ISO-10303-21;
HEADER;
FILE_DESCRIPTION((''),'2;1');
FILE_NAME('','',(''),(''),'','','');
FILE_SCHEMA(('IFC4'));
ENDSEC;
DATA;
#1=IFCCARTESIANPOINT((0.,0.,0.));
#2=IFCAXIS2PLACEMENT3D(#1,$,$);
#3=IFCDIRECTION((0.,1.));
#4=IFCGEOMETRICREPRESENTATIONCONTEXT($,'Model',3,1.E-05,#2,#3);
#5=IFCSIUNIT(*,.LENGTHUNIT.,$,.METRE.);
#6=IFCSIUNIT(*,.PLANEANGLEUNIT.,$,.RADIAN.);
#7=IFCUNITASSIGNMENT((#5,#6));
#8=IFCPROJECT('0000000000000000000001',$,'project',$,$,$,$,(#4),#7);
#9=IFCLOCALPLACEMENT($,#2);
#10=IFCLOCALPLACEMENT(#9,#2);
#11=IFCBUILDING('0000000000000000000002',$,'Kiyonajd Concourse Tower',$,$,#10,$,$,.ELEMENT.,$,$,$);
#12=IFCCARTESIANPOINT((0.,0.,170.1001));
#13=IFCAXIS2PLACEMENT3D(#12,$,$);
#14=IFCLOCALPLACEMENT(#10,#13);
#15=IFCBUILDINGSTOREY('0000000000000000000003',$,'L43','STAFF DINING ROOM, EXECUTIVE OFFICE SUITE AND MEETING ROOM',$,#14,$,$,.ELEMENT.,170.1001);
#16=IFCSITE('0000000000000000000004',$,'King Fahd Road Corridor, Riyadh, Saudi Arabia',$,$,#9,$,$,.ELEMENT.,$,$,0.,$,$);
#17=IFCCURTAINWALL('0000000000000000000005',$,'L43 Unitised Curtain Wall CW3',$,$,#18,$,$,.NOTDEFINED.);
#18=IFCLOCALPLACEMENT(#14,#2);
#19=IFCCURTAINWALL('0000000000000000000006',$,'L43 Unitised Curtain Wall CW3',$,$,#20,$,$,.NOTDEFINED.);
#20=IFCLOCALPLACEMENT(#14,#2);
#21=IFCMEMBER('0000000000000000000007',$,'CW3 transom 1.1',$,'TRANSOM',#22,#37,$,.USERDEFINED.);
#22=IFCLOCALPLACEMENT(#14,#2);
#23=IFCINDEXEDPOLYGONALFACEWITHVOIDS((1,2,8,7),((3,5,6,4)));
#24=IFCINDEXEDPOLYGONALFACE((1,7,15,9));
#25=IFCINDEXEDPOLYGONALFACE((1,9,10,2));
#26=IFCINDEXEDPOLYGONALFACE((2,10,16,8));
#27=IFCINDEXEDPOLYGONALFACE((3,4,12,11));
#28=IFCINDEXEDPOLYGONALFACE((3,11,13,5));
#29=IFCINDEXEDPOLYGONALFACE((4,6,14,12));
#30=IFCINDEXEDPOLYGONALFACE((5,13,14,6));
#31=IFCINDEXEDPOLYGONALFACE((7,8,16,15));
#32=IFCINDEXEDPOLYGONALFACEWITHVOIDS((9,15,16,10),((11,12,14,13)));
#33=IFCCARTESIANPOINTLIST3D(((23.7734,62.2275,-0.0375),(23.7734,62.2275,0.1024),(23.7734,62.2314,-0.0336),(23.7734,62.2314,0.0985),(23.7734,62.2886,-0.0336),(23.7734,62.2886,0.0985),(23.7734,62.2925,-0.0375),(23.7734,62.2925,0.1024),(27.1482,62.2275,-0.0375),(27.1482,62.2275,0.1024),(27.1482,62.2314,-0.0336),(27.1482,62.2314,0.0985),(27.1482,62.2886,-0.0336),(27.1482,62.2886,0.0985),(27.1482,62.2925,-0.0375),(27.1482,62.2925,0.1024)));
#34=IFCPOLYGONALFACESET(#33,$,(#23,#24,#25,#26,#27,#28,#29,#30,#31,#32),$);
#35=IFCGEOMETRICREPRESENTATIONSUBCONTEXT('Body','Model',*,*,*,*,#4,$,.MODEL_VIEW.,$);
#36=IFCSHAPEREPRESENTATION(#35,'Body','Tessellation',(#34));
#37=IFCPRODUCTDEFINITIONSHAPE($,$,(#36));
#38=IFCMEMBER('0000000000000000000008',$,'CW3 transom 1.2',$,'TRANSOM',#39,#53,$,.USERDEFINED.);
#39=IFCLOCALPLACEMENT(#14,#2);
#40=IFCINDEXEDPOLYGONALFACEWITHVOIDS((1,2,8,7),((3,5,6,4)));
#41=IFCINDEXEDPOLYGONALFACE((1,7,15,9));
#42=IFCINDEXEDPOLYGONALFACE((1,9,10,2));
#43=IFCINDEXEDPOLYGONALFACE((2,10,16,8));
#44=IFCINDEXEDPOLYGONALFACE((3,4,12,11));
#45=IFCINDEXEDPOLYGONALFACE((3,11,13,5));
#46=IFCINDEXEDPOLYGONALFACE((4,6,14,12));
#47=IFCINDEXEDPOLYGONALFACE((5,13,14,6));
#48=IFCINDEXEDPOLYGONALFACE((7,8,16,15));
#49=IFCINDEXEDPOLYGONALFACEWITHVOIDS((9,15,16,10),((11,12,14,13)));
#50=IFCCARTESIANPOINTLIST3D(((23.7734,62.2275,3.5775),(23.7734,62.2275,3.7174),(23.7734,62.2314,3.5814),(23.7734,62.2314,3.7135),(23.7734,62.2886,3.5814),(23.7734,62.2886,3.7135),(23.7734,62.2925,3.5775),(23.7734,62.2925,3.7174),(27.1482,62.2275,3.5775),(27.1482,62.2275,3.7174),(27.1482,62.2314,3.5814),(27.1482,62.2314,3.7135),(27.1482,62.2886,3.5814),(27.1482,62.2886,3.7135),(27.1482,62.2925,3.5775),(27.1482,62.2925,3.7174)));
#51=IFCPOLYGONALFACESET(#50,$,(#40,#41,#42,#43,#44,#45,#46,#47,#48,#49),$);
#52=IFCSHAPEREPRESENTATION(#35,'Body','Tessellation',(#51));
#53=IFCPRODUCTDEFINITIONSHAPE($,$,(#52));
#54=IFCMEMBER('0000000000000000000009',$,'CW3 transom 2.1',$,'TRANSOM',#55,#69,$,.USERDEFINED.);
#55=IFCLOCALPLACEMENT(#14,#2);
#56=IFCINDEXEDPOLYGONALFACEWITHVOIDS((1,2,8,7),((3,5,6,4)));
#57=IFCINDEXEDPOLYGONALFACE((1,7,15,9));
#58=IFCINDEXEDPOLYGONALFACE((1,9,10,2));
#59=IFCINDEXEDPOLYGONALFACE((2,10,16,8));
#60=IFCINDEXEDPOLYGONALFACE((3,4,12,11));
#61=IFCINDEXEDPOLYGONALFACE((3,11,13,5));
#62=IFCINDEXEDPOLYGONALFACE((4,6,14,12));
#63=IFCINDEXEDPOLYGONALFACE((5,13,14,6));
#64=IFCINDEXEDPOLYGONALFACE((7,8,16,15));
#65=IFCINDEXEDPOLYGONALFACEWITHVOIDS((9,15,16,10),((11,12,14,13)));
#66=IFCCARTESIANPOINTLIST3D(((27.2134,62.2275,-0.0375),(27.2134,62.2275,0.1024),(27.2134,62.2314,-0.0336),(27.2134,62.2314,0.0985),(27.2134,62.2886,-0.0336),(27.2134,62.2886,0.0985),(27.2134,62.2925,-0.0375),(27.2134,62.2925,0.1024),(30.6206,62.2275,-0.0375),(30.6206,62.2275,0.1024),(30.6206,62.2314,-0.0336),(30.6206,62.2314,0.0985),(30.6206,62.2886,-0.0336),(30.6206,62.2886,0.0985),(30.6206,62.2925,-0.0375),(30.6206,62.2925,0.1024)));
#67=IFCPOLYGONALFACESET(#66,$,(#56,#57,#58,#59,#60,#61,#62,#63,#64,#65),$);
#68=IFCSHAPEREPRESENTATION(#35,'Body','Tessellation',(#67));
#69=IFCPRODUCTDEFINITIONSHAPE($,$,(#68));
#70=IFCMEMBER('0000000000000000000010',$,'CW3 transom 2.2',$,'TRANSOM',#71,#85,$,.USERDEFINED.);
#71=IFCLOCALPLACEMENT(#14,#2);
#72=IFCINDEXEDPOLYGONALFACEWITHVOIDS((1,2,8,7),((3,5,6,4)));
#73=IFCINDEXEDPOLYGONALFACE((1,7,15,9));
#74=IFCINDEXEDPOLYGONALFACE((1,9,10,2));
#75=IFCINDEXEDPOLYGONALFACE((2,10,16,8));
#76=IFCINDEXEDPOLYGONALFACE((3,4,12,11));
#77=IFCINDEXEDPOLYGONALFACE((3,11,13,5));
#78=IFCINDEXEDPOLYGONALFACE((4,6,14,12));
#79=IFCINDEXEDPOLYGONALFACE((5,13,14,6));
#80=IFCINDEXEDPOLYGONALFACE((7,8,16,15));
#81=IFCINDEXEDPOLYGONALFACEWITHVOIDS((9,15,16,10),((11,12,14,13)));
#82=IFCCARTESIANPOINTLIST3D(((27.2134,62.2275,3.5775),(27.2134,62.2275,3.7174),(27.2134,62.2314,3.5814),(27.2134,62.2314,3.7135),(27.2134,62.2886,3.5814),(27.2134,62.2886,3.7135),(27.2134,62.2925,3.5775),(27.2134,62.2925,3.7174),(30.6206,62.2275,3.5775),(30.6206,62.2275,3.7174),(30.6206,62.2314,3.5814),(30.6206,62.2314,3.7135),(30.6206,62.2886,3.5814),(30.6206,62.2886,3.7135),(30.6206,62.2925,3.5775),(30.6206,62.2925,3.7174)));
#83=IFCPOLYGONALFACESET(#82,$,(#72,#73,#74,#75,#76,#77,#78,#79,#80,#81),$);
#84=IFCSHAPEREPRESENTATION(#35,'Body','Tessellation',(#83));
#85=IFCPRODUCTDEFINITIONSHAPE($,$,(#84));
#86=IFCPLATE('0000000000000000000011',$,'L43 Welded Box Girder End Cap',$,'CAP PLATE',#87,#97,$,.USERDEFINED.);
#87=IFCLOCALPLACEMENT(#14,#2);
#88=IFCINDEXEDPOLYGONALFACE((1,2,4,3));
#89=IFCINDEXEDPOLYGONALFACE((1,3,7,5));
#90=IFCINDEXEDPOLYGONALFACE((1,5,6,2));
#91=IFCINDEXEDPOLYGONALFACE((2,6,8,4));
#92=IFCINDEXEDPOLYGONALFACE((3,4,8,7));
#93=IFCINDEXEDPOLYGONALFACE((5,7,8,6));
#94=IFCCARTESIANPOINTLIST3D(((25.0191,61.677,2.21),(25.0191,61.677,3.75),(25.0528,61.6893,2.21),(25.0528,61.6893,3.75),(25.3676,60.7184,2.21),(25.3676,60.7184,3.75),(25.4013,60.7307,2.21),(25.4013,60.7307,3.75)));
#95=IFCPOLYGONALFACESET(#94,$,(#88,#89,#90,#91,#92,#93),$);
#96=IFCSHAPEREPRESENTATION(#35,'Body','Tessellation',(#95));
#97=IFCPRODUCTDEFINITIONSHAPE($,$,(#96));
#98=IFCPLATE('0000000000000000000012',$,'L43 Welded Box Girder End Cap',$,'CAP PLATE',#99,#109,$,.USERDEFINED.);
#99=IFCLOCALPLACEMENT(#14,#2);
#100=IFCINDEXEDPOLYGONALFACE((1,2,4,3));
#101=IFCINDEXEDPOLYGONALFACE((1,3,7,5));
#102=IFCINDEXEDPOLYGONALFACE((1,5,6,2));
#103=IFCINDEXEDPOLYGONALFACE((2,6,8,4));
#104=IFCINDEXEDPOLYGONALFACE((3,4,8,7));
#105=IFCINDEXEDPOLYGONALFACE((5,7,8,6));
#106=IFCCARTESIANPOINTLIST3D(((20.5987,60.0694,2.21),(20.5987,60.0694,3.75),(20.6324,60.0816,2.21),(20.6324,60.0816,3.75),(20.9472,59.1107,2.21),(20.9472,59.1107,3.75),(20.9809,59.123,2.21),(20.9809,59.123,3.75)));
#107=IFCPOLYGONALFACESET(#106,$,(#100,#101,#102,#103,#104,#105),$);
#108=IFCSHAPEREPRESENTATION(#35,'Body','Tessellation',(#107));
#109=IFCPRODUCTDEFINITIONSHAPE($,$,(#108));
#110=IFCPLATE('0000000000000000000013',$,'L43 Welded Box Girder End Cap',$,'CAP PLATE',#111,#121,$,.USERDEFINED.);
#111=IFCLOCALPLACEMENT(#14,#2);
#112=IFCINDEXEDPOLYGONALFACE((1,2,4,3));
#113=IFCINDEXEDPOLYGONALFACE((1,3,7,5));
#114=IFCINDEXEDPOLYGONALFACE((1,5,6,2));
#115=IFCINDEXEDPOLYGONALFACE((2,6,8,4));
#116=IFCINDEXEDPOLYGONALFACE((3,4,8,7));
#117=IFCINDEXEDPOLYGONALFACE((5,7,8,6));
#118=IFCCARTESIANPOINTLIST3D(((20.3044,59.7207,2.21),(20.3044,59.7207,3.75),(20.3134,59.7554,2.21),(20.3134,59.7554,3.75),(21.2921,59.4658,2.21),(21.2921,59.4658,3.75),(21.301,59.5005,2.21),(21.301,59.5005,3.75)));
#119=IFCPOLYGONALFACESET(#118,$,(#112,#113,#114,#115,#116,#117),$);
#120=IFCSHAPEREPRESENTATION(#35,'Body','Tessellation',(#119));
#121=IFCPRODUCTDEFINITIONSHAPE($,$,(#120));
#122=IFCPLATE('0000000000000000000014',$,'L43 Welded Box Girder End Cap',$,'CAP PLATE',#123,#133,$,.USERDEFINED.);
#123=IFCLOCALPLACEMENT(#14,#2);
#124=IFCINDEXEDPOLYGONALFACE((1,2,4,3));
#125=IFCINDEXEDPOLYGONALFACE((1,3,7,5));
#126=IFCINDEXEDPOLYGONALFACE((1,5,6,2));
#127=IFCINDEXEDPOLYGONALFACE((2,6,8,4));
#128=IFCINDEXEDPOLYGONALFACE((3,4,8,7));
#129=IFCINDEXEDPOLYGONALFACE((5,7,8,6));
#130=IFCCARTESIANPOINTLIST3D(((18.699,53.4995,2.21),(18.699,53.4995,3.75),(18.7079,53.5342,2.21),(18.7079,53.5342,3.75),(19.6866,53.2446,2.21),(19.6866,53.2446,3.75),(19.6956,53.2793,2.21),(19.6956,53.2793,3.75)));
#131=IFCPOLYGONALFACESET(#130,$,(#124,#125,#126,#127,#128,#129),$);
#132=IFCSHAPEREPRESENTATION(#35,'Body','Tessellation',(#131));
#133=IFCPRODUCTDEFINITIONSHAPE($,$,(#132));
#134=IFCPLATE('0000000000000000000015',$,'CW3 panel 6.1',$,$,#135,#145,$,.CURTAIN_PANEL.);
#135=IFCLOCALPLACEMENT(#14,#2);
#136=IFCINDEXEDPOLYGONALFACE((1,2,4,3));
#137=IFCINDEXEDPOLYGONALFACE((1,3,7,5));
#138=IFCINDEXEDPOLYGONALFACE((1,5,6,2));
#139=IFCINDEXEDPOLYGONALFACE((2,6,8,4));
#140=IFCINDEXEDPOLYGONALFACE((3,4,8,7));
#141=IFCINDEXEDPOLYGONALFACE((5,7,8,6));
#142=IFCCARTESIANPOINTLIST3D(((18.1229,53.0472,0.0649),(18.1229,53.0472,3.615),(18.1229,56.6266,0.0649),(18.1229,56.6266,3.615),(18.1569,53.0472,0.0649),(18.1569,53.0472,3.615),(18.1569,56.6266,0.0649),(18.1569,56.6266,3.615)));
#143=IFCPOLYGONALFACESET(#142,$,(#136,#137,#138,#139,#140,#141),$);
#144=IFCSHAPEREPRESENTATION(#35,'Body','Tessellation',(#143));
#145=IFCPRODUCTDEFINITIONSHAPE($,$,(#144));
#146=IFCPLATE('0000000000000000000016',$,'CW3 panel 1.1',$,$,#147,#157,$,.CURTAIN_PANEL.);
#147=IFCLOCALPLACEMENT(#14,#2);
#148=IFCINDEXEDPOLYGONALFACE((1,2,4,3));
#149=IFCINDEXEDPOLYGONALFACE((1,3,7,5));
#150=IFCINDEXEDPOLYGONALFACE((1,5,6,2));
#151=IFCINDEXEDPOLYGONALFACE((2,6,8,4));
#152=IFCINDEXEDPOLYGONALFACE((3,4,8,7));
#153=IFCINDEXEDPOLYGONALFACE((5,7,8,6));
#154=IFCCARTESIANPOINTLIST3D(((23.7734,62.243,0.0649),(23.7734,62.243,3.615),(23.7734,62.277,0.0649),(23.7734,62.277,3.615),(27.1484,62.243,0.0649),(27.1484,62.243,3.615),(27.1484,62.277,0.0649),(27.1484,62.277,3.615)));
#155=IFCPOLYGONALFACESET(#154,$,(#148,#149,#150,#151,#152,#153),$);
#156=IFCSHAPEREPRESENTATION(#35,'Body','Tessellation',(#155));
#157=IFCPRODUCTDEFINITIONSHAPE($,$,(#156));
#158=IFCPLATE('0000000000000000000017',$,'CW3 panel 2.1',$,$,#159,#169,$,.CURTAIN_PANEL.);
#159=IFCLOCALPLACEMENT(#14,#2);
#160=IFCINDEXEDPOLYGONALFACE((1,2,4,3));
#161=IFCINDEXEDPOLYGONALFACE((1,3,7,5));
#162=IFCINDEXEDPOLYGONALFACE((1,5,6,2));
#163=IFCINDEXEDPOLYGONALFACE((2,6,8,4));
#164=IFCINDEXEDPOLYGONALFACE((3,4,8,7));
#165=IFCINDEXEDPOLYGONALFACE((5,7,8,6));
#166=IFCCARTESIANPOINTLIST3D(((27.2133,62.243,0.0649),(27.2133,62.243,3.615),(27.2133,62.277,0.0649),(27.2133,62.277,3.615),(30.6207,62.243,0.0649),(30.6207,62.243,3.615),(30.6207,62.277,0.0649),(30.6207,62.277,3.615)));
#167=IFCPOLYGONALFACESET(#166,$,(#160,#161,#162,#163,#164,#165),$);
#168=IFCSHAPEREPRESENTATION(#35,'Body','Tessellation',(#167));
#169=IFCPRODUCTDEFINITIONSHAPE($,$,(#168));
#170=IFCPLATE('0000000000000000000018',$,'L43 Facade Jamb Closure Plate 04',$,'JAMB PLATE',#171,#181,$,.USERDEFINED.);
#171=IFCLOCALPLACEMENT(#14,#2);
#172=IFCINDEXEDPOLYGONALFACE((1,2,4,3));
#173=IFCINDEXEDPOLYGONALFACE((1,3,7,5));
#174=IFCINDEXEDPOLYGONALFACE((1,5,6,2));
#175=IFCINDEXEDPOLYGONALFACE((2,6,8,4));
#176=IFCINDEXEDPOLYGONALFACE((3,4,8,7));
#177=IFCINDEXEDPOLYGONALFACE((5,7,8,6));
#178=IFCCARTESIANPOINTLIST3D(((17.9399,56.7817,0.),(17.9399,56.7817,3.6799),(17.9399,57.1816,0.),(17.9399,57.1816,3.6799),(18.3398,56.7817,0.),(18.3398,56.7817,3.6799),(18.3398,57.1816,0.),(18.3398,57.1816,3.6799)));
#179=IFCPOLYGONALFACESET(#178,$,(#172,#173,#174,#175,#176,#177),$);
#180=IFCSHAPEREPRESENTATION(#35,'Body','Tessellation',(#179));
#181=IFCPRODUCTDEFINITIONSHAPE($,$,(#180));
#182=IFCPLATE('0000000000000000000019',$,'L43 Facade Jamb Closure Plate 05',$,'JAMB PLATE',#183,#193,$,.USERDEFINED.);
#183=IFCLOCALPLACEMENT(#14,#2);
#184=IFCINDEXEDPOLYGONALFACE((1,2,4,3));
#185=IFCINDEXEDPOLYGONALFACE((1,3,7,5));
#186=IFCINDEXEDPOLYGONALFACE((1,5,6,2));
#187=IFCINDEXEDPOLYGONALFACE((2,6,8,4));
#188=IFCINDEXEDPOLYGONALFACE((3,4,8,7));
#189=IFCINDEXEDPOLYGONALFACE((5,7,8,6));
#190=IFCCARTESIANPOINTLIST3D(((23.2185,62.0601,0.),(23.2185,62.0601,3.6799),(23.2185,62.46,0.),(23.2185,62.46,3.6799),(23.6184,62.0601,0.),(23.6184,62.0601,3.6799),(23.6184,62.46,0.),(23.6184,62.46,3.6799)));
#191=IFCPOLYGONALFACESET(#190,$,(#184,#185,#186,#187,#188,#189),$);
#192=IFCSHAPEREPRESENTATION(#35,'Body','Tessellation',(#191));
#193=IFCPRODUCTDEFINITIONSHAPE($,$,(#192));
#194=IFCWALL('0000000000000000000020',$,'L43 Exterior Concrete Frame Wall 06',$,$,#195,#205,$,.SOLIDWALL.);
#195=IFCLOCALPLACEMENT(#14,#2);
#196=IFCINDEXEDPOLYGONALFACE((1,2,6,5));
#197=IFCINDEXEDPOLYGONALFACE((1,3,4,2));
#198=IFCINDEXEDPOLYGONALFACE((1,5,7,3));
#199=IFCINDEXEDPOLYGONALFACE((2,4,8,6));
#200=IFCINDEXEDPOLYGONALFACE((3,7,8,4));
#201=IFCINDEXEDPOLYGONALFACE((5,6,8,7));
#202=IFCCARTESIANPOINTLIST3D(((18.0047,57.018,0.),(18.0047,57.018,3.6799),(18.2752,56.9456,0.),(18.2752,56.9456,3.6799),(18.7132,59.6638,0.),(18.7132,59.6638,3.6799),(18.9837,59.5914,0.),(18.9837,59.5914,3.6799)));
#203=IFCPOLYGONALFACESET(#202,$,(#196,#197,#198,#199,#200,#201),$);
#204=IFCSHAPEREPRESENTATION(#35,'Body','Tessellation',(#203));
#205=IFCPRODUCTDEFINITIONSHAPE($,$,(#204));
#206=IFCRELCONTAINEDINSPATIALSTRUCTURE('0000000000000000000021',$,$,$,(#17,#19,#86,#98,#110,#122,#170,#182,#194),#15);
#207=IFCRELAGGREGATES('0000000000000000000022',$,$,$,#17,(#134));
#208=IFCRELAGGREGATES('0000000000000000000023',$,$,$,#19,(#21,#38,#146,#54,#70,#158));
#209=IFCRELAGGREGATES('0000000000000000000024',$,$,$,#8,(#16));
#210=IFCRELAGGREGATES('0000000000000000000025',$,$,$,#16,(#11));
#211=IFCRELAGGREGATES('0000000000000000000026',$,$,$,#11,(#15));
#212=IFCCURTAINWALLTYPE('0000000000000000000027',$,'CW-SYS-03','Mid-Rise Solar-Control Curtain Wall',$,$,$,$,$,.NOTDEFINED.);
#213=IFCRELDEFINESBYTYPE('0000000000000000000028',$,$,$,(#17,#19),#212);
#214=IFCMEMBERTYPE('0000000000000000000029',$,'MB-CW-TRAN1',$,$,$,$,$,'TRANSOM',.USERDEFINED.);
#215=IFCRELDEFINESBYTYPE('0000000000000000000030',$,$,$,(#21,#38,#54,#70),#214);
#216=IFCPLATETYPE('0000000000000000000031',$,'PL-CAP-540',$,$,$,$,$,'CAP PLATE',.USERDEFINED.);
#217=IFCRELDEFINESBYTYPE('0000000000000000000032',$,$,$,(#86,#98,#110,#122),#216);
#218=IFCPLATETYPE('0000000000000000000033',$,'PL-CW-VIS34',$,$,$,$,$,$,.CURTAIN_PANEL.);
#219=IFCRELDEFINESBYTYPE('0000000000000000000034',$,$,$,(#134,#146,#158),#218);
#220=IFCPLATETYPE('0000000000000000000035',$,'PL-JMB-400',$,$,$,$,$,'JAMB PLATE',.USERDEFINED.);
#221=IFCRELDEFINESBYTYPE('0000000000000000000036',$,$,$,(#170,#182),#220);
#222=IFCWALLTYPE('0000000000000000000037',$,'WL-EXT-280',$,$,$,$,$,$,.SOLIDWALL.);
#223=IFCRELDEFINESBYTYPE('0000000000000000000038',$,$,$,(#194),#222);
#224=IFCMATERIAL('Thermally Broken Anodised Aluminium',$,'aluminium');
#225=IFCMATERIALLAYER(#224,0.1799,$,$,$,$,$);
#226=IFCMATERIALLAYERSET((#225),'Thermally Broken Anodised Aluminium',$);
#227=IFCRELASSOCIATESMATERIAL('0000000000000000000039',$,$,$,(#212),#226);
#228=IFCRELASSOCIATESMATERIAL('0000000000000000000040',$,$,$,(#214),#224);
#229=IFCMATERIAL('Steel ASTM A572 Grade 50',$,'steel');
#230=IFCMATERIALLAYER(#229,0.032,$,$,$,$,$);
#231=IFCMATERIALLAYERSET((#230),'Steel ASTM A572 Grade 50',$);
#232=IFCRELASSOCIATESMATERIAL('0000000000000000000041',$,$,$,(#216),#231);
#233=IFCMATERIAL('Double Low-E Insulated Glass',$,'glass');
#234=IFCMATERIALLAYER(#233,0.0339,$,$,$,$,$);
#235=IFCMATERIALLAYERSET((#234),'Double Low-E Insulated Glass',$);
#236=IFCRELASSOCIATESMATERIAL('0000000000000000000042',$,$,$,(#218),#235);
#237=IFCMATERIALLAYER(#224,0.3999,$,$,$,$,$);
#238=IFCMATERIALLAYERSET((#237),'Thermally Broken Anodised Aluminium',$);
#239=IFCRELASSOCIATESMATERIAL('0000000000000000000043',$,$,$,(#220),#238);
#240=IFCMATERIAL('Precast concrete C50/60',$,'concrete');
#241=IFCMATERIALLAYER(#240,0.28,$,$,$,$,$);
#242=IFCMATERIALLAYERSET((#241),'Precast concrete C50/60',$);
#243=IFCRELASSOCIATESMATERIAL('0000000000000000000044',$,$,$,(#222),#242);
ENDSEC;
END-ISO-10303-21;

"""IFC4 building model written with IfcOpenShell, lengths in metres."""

from ifc_helpers import new_model, si_unit, direction, frame, frame_2d, origin, origin_2d, place, context, subcontext, project, spatial, rectangle, hollow_rectangle, extrude, material, layer, layer_set, material_profile, profile_set, type_object, element, aggregate, save


model = new_model("IFC4")

# Units and contexts
model_context = context("Model", 3, precision=1e-05, world=origin(), true_north=direction((0.0, 1.0)))
body_context = subcontext(model_context, "Body", "Model", "MODEL_VIEW")
ifc_project = project(units=[si_unit("LENGTHUNIT", "METRE"), si_unit("PLANEANGLEUNIT", "RADIAN")], contexts=[model_context])

# Site, building, storey
site_placement = place(None, origin())
site = spatial("IfcSite", under=ifc_project, at=site_placement, Name="King Fahd Road Corridor, Riyadh, Saudi Arabia", CompositionType="ELEMENT", RefElevation=0.0)
building_placement = place(site_placement, origin())
building = spatial("IfcBuilding", under=site, at=building_placement, Name="Kiyonajd Concourse Tower", CompositionType="ELEMENT")
storey_placement = place(building_placement, frame((0.0, 0.0, 170.1001)))
storey = spatial("IfcBuildingStorey", under=building, at=storey_placement, Name="L43", Description="STAFF DINING ROOM, EXECUTIVE OFFICE SUITE AND MEETING ROOM", CompositionType="ELEMENT", Elevation=170.1001)

# Shared definitions
ifc_material_1 = material(Name="Steel ASTM A572 Grade 50", Category="steel")

# Curtain wall
ifc_material_2 = material(Name="Thermally Broken Anodised Aluminium", Category="aluminium")
ifc_layer_1 = layer(ifc_material_2, 0.1799)
ifc_layer_set_1 = layer_set([ifc_layer_1], Name="Thermally Broken Anodised Aluminium")
curtain_wall_type = type_object("IfcCurtainWallType", Name="CW-SYS-03", Description="Mid-Rise Solar-Control Curtain Wall", PredefinedType="NOTDEFINED", material=ifc_layer_set_1)
curtain_wall_1_placement = place(storey_placement, origin())
curtain_wall_1 = element("IfcCurtainWall", 1, at=curtain_wall_1_placement, inside=storey, type_object=curtain_wall_type, Name="L43 Unitised Curtain Wall CW3", PredefinedType="NOTDEFINED")

# Curtain wall, members
curtain_wall_2_placement = place(storey_placement, origin())
curtain_wall_2 = element("IfcCurtainWall", 2, at=curtain_wall_2_placement, inside=storey, type_object=curtain_wall_type, Name="L43 Unitised Curtain Wall CW3", PredefinedType="NOTDEFINED")
ifc_material_profile_1 = material_profile(ifc_material_2, hollow_rectangle(XDim=0.0649, YDim=0.1399, WallThickness=0.0039, at=origin_2d()), Name="TRAN-65x140")
ifc_profile_set_1 = profile_set([ifc_material_profile_1], Name="Thermally Broken Anodised Aluminium")
member_type_1 = type_object("IfcMemberType", Name="MB-CW-TRAN1", ElementType="TRANSOM", PredefinedType="USERDEFINED", material=ifc_profile_set_1)
member_1_placement = place(storey_placement, frame((23.7734, 62.26, 0.0325), z_axis=(1.0, 0.0, 0.0), x_axis=(0.0, 1.0, 0.0)))
member_1 = element("IfcMember", 3, at=member_1_placement, type_object=member_type_1, Name="CW3 transom 1.1", ObjectType="TRANSOM", PredefinedType="USERDEFINED", context=body_context, shape_type="SweptSolid", body=[
    extrude(hollow_rectangle(XDim=0.0649, YDim=0.1399, WallThickness=0.0039, at=origin_2d()), origin(), (0.0, 0.0, 1.0), 3.3748),
])
member_2_placement = place(storey_placement, frame((23.7734, 62.26, 3.6475), z_axis=(1.0, 0.0, 0.0), x_axis=(0.0, 1.0, 0.0)))
member_2 = element("IfcMember", 4, at=member_2_placement, type_object=member_type_1, Name="CW3 transom 1.2", ObjectType="TRANSOM", PredefinedType="USERDEFINED", context=body_context, shape_type="SweptSolid", body=[
    extrude(hollow_rectangle(XDim=0.0649, YDim=0.1399, WallThickness=0.0039, at=origin_2d()), origin(), (0.0, 0.0, 1.0), 3.3748),
])
member_3_placement = place(storey_placement, frame((27.2134, 62.26, 0.0325), z_axis=(1.0, 0.0, 0.0), x_axis=(0.0, 1.0, 0.0)))
member_3 = element("IfcMember", 5, at=member_3_placement, type_object=member_type_1, Name="CW3 transom 2.1", ObjectType="TRANSOM", PredefinedType="USERDEFINED", context=body_context, shape_type="SweptSolid", body=[
    extrude(hollow_rectangle(XDim=0.0649, YDim=0.1399, WallThickness=0.0039, at=origin_2d()), origin(), (0.0, 0.0, 1.0), 3.4072),
])
member_4_placement = place(storey_placement, frame((27.2134, 62.26, 3.6475), z_axis=(1.0, 0.0, 0.0), x_axis=(0.0, 1.0, 0.0)))
member_4 = element("IfcMember", 6, at=member_4_placement, type_object=member_type_1, Name="CW3 transom 2.2", ObjectType="TRANSOM", PredefinedType="USERDEFINED", context=body_context, shape_type="SweptSolid", body=[
    extrude(hollow_rectangle(XDim=0.0649, YDim=0.1399, WallThickness=0.0039, at=origin_2d()), origin(), (0.0, 0.0, 1.0), 3.4072),
])

# Plates
ifc_layer_2 = layer(ifc_material_1, 0.032)
ifc_layer_set_2 = layer_set([ifc_layer_2], Name="Steel ASTM A572 Grade 50")
plate_type_1 = type_object("IfcPlateType", Name="PL-CAP-540", ElementType="CAP PLATE", PredefinedType="USERDEFINED", material=ifc_layer_set_2)
for number, where, z_axis, x_axis, name in (
    (7, (25.2102, 61.2039, 2.21), (0.0, 0.0, 1.0), (0.939812, 0.341692, 0.0), "L43 Welded Box Girder End Cap"),
    (8, (20.7898, 59.5962, 2.21), (0.0, 0.0, 1.0), (-0.939812, -0.341692, 0.0), "L43 Welded Box Girder End Cap"),
    (9, (20.8027, 59.6106, 2.21), (0.0, 0.0, 1.0), (0.249873, 0.968279, 0.0), "L43 Welded Box Girder End Cap"),
    (10, (19.1973, 53.3894, 2.21), (0.0, 0.0, 1.0), (-0.249873, -0.968279, 0.0), "L43 Welded Box Girder End Cap"),
):
    element("IfcPlate", number, at=place(storey_placement, frame(where, z_axis=z_axis, x_axis=x_axis)), inside=storey, type_object=plate_type_1, Name=name, ObjectType="CAP PLATE", PredefinedType="USERDEFINED", context=body_context, shape_type="SweptSolid", body=[
        extrude(rectangle(XDim=0.0359, YDim=1.02, at=origin_2d()), origin(), (0.0, 0.0, 1.0), 1.54),
    ])

# Plates
ifc_material_3 = material(Name="Double Low-E Insulated Glass", Category="glass")
ifc_layer_3 = layer(ifc_material_3, 0.0339)
ifc_layer_set_3 = layer_set([ifc_layer_3], Name="Double Low-E Insulated Glass")
plate_type_2 = type_object("IfcPlateType", Name="PL-CW-VIS34", PredefinedType="CURTAIN_PANEL", material=ifc_layer_set_3)
plate_1_placement = place(storey_placement, frame((18.1399, 54.8369, 0.0649), z_axis=(0.0, 0.0, 1.0), x_axis=(0.0, 1.0, 0.0)))
plate_1 = element("IfcPlate", 11, at=plate_1_placement, type_object=plate_type_2, Name="CW3 panel 6.1", PredefinedType="CURTAIN_PANEL", context=body_context, shape_type="SweptSolid", body=[
    extrude(rectangle(XDim=3.5793, YDim=0.0339, at=origin_2d()), origin(), (0.0, 0.0, 1.0), 3.55),
])
aggregate(curtain_wall_1, [plate_1])
plate_2_placement = place(storey_placement, frame((25.4609, 62.26, 0.0649), z_axis=(0.0, 0.0, 1.0), x_axis=(1.0, 0.0, 0.0)))
plate_2 = element("IfcPlate", 12, at=plate_2_placement, type_object=plate_type_2, Name="CW3 panel 1.1", PredefinedType="CURTAIN_PANEL", context=body_context, shape_type="SweptSolid", body=[
    extrude(rectangle(XDim=3.375, YDim=0.0339, at=origin_2d()), origin(), (0.0, 0.0, 1.0), 3.55),
])
plate_3_placement = place(storey_placement, frame((28.917, 62.26, 0.0649), z_axis=(0.0, 0.0, 1.0), x_axis=(1.0, 0.0, 0.0)))
plate_3 = element("IfcPlate", 13, at=plate_3_placement, type_object=plate_type_2, Name="CW3 panel 2.1", PredefinedType="CURTAIN_PANEL", context=body_context, shape_type="SweptSolid", body=[
    extrude(rectangle(XDim=3.4075, YDim=0.0339, at=origin_2d()), origin(), (0.0, 0.0, 1.0), 3.55),
])
aggregate(curtain_wall_2, [member_1, member_2, plate_2, member_3, member_4, plate_3])

# Plates
ifc_layer_4 = layer(ifc_material_2, 0.3999)
ifc_layer_set_4 = layer_set([ifc_layer_4], Name="Thermally Broken Anodised Aluminium")
plate_type_3 = type_object("IfcPlateType", Name="PL-JMB-400", ElementType="JAMB PLATE", PredefinedType="USERDEFINED", material=ifc_layer_set_4)
for number, where, z_axis, x_axis, name in (
    (14, (18.1399, 56.9817, 0.0), (0.0, 0.0, 1.0), (1.0, 0.0, 0.0), "L43 Facade Jamb Closure Plate 04"),
    (15, (23.4185, 62.26, 0.0), (0.0, 0.0, 1.0), (1.0, 0.0, 0.0), "L43 Facade Jamb Closure Plate 05"),
):
    element("IfcPlate", number, at=place(storey_placement, frame(where, z_axis=z_axis, x_axis=x_axis)), inside=storey, type_object=plate_type_3, Name=name, ObjectType="JAMB PLATE", PredefinedType="USERDEFINED", context=body_context, shape_type="SweptSolid", body=[
        extrude(rectangle(XDim=0.3999, YDim=0.3999, at=origin_2d()), origin(), (0.0, 0.0, 1.0), 3.6799),
    ])

# Wall
ifc_material_4 = material(Name="Precast concrete C50/60", Category="concrete")
ifc_layer_5 = layer(ifc_material_4, 0.28)
ifc_layer_set_5 = layer_set([ifc_layer_5], Name="Precast concrete C50/60")
wall_type = type_object("IfcWallType", Name="WL-EXT-280", PredefinedType="SOLIDWALL", material=ifc_layer_set_5)
wall_1_placement = place(storey_placement, frame((18.1399, 56.9817, 0.0), z_axis=(0.0, 0.0, 1.0), x_axis=(0.258672, 0.965965, 0.0)))
element("IfcWall", 16, at=wall_1_placement, inside=storey, type_object=wall_type, Name="L43 Exterior Concrete Frame Wall 06", PredefinedType="SOLIDWALL", context=body_context, shape_type="SweptSolid", body=[
    extrude(rectangle(XDim=2.739, YDim=0.28, at=frame_2d((1.3696, 0.0))), origin(), (0.0, 0.0, 1.0), 3.6799),
])

save(model, "model.ifc")
